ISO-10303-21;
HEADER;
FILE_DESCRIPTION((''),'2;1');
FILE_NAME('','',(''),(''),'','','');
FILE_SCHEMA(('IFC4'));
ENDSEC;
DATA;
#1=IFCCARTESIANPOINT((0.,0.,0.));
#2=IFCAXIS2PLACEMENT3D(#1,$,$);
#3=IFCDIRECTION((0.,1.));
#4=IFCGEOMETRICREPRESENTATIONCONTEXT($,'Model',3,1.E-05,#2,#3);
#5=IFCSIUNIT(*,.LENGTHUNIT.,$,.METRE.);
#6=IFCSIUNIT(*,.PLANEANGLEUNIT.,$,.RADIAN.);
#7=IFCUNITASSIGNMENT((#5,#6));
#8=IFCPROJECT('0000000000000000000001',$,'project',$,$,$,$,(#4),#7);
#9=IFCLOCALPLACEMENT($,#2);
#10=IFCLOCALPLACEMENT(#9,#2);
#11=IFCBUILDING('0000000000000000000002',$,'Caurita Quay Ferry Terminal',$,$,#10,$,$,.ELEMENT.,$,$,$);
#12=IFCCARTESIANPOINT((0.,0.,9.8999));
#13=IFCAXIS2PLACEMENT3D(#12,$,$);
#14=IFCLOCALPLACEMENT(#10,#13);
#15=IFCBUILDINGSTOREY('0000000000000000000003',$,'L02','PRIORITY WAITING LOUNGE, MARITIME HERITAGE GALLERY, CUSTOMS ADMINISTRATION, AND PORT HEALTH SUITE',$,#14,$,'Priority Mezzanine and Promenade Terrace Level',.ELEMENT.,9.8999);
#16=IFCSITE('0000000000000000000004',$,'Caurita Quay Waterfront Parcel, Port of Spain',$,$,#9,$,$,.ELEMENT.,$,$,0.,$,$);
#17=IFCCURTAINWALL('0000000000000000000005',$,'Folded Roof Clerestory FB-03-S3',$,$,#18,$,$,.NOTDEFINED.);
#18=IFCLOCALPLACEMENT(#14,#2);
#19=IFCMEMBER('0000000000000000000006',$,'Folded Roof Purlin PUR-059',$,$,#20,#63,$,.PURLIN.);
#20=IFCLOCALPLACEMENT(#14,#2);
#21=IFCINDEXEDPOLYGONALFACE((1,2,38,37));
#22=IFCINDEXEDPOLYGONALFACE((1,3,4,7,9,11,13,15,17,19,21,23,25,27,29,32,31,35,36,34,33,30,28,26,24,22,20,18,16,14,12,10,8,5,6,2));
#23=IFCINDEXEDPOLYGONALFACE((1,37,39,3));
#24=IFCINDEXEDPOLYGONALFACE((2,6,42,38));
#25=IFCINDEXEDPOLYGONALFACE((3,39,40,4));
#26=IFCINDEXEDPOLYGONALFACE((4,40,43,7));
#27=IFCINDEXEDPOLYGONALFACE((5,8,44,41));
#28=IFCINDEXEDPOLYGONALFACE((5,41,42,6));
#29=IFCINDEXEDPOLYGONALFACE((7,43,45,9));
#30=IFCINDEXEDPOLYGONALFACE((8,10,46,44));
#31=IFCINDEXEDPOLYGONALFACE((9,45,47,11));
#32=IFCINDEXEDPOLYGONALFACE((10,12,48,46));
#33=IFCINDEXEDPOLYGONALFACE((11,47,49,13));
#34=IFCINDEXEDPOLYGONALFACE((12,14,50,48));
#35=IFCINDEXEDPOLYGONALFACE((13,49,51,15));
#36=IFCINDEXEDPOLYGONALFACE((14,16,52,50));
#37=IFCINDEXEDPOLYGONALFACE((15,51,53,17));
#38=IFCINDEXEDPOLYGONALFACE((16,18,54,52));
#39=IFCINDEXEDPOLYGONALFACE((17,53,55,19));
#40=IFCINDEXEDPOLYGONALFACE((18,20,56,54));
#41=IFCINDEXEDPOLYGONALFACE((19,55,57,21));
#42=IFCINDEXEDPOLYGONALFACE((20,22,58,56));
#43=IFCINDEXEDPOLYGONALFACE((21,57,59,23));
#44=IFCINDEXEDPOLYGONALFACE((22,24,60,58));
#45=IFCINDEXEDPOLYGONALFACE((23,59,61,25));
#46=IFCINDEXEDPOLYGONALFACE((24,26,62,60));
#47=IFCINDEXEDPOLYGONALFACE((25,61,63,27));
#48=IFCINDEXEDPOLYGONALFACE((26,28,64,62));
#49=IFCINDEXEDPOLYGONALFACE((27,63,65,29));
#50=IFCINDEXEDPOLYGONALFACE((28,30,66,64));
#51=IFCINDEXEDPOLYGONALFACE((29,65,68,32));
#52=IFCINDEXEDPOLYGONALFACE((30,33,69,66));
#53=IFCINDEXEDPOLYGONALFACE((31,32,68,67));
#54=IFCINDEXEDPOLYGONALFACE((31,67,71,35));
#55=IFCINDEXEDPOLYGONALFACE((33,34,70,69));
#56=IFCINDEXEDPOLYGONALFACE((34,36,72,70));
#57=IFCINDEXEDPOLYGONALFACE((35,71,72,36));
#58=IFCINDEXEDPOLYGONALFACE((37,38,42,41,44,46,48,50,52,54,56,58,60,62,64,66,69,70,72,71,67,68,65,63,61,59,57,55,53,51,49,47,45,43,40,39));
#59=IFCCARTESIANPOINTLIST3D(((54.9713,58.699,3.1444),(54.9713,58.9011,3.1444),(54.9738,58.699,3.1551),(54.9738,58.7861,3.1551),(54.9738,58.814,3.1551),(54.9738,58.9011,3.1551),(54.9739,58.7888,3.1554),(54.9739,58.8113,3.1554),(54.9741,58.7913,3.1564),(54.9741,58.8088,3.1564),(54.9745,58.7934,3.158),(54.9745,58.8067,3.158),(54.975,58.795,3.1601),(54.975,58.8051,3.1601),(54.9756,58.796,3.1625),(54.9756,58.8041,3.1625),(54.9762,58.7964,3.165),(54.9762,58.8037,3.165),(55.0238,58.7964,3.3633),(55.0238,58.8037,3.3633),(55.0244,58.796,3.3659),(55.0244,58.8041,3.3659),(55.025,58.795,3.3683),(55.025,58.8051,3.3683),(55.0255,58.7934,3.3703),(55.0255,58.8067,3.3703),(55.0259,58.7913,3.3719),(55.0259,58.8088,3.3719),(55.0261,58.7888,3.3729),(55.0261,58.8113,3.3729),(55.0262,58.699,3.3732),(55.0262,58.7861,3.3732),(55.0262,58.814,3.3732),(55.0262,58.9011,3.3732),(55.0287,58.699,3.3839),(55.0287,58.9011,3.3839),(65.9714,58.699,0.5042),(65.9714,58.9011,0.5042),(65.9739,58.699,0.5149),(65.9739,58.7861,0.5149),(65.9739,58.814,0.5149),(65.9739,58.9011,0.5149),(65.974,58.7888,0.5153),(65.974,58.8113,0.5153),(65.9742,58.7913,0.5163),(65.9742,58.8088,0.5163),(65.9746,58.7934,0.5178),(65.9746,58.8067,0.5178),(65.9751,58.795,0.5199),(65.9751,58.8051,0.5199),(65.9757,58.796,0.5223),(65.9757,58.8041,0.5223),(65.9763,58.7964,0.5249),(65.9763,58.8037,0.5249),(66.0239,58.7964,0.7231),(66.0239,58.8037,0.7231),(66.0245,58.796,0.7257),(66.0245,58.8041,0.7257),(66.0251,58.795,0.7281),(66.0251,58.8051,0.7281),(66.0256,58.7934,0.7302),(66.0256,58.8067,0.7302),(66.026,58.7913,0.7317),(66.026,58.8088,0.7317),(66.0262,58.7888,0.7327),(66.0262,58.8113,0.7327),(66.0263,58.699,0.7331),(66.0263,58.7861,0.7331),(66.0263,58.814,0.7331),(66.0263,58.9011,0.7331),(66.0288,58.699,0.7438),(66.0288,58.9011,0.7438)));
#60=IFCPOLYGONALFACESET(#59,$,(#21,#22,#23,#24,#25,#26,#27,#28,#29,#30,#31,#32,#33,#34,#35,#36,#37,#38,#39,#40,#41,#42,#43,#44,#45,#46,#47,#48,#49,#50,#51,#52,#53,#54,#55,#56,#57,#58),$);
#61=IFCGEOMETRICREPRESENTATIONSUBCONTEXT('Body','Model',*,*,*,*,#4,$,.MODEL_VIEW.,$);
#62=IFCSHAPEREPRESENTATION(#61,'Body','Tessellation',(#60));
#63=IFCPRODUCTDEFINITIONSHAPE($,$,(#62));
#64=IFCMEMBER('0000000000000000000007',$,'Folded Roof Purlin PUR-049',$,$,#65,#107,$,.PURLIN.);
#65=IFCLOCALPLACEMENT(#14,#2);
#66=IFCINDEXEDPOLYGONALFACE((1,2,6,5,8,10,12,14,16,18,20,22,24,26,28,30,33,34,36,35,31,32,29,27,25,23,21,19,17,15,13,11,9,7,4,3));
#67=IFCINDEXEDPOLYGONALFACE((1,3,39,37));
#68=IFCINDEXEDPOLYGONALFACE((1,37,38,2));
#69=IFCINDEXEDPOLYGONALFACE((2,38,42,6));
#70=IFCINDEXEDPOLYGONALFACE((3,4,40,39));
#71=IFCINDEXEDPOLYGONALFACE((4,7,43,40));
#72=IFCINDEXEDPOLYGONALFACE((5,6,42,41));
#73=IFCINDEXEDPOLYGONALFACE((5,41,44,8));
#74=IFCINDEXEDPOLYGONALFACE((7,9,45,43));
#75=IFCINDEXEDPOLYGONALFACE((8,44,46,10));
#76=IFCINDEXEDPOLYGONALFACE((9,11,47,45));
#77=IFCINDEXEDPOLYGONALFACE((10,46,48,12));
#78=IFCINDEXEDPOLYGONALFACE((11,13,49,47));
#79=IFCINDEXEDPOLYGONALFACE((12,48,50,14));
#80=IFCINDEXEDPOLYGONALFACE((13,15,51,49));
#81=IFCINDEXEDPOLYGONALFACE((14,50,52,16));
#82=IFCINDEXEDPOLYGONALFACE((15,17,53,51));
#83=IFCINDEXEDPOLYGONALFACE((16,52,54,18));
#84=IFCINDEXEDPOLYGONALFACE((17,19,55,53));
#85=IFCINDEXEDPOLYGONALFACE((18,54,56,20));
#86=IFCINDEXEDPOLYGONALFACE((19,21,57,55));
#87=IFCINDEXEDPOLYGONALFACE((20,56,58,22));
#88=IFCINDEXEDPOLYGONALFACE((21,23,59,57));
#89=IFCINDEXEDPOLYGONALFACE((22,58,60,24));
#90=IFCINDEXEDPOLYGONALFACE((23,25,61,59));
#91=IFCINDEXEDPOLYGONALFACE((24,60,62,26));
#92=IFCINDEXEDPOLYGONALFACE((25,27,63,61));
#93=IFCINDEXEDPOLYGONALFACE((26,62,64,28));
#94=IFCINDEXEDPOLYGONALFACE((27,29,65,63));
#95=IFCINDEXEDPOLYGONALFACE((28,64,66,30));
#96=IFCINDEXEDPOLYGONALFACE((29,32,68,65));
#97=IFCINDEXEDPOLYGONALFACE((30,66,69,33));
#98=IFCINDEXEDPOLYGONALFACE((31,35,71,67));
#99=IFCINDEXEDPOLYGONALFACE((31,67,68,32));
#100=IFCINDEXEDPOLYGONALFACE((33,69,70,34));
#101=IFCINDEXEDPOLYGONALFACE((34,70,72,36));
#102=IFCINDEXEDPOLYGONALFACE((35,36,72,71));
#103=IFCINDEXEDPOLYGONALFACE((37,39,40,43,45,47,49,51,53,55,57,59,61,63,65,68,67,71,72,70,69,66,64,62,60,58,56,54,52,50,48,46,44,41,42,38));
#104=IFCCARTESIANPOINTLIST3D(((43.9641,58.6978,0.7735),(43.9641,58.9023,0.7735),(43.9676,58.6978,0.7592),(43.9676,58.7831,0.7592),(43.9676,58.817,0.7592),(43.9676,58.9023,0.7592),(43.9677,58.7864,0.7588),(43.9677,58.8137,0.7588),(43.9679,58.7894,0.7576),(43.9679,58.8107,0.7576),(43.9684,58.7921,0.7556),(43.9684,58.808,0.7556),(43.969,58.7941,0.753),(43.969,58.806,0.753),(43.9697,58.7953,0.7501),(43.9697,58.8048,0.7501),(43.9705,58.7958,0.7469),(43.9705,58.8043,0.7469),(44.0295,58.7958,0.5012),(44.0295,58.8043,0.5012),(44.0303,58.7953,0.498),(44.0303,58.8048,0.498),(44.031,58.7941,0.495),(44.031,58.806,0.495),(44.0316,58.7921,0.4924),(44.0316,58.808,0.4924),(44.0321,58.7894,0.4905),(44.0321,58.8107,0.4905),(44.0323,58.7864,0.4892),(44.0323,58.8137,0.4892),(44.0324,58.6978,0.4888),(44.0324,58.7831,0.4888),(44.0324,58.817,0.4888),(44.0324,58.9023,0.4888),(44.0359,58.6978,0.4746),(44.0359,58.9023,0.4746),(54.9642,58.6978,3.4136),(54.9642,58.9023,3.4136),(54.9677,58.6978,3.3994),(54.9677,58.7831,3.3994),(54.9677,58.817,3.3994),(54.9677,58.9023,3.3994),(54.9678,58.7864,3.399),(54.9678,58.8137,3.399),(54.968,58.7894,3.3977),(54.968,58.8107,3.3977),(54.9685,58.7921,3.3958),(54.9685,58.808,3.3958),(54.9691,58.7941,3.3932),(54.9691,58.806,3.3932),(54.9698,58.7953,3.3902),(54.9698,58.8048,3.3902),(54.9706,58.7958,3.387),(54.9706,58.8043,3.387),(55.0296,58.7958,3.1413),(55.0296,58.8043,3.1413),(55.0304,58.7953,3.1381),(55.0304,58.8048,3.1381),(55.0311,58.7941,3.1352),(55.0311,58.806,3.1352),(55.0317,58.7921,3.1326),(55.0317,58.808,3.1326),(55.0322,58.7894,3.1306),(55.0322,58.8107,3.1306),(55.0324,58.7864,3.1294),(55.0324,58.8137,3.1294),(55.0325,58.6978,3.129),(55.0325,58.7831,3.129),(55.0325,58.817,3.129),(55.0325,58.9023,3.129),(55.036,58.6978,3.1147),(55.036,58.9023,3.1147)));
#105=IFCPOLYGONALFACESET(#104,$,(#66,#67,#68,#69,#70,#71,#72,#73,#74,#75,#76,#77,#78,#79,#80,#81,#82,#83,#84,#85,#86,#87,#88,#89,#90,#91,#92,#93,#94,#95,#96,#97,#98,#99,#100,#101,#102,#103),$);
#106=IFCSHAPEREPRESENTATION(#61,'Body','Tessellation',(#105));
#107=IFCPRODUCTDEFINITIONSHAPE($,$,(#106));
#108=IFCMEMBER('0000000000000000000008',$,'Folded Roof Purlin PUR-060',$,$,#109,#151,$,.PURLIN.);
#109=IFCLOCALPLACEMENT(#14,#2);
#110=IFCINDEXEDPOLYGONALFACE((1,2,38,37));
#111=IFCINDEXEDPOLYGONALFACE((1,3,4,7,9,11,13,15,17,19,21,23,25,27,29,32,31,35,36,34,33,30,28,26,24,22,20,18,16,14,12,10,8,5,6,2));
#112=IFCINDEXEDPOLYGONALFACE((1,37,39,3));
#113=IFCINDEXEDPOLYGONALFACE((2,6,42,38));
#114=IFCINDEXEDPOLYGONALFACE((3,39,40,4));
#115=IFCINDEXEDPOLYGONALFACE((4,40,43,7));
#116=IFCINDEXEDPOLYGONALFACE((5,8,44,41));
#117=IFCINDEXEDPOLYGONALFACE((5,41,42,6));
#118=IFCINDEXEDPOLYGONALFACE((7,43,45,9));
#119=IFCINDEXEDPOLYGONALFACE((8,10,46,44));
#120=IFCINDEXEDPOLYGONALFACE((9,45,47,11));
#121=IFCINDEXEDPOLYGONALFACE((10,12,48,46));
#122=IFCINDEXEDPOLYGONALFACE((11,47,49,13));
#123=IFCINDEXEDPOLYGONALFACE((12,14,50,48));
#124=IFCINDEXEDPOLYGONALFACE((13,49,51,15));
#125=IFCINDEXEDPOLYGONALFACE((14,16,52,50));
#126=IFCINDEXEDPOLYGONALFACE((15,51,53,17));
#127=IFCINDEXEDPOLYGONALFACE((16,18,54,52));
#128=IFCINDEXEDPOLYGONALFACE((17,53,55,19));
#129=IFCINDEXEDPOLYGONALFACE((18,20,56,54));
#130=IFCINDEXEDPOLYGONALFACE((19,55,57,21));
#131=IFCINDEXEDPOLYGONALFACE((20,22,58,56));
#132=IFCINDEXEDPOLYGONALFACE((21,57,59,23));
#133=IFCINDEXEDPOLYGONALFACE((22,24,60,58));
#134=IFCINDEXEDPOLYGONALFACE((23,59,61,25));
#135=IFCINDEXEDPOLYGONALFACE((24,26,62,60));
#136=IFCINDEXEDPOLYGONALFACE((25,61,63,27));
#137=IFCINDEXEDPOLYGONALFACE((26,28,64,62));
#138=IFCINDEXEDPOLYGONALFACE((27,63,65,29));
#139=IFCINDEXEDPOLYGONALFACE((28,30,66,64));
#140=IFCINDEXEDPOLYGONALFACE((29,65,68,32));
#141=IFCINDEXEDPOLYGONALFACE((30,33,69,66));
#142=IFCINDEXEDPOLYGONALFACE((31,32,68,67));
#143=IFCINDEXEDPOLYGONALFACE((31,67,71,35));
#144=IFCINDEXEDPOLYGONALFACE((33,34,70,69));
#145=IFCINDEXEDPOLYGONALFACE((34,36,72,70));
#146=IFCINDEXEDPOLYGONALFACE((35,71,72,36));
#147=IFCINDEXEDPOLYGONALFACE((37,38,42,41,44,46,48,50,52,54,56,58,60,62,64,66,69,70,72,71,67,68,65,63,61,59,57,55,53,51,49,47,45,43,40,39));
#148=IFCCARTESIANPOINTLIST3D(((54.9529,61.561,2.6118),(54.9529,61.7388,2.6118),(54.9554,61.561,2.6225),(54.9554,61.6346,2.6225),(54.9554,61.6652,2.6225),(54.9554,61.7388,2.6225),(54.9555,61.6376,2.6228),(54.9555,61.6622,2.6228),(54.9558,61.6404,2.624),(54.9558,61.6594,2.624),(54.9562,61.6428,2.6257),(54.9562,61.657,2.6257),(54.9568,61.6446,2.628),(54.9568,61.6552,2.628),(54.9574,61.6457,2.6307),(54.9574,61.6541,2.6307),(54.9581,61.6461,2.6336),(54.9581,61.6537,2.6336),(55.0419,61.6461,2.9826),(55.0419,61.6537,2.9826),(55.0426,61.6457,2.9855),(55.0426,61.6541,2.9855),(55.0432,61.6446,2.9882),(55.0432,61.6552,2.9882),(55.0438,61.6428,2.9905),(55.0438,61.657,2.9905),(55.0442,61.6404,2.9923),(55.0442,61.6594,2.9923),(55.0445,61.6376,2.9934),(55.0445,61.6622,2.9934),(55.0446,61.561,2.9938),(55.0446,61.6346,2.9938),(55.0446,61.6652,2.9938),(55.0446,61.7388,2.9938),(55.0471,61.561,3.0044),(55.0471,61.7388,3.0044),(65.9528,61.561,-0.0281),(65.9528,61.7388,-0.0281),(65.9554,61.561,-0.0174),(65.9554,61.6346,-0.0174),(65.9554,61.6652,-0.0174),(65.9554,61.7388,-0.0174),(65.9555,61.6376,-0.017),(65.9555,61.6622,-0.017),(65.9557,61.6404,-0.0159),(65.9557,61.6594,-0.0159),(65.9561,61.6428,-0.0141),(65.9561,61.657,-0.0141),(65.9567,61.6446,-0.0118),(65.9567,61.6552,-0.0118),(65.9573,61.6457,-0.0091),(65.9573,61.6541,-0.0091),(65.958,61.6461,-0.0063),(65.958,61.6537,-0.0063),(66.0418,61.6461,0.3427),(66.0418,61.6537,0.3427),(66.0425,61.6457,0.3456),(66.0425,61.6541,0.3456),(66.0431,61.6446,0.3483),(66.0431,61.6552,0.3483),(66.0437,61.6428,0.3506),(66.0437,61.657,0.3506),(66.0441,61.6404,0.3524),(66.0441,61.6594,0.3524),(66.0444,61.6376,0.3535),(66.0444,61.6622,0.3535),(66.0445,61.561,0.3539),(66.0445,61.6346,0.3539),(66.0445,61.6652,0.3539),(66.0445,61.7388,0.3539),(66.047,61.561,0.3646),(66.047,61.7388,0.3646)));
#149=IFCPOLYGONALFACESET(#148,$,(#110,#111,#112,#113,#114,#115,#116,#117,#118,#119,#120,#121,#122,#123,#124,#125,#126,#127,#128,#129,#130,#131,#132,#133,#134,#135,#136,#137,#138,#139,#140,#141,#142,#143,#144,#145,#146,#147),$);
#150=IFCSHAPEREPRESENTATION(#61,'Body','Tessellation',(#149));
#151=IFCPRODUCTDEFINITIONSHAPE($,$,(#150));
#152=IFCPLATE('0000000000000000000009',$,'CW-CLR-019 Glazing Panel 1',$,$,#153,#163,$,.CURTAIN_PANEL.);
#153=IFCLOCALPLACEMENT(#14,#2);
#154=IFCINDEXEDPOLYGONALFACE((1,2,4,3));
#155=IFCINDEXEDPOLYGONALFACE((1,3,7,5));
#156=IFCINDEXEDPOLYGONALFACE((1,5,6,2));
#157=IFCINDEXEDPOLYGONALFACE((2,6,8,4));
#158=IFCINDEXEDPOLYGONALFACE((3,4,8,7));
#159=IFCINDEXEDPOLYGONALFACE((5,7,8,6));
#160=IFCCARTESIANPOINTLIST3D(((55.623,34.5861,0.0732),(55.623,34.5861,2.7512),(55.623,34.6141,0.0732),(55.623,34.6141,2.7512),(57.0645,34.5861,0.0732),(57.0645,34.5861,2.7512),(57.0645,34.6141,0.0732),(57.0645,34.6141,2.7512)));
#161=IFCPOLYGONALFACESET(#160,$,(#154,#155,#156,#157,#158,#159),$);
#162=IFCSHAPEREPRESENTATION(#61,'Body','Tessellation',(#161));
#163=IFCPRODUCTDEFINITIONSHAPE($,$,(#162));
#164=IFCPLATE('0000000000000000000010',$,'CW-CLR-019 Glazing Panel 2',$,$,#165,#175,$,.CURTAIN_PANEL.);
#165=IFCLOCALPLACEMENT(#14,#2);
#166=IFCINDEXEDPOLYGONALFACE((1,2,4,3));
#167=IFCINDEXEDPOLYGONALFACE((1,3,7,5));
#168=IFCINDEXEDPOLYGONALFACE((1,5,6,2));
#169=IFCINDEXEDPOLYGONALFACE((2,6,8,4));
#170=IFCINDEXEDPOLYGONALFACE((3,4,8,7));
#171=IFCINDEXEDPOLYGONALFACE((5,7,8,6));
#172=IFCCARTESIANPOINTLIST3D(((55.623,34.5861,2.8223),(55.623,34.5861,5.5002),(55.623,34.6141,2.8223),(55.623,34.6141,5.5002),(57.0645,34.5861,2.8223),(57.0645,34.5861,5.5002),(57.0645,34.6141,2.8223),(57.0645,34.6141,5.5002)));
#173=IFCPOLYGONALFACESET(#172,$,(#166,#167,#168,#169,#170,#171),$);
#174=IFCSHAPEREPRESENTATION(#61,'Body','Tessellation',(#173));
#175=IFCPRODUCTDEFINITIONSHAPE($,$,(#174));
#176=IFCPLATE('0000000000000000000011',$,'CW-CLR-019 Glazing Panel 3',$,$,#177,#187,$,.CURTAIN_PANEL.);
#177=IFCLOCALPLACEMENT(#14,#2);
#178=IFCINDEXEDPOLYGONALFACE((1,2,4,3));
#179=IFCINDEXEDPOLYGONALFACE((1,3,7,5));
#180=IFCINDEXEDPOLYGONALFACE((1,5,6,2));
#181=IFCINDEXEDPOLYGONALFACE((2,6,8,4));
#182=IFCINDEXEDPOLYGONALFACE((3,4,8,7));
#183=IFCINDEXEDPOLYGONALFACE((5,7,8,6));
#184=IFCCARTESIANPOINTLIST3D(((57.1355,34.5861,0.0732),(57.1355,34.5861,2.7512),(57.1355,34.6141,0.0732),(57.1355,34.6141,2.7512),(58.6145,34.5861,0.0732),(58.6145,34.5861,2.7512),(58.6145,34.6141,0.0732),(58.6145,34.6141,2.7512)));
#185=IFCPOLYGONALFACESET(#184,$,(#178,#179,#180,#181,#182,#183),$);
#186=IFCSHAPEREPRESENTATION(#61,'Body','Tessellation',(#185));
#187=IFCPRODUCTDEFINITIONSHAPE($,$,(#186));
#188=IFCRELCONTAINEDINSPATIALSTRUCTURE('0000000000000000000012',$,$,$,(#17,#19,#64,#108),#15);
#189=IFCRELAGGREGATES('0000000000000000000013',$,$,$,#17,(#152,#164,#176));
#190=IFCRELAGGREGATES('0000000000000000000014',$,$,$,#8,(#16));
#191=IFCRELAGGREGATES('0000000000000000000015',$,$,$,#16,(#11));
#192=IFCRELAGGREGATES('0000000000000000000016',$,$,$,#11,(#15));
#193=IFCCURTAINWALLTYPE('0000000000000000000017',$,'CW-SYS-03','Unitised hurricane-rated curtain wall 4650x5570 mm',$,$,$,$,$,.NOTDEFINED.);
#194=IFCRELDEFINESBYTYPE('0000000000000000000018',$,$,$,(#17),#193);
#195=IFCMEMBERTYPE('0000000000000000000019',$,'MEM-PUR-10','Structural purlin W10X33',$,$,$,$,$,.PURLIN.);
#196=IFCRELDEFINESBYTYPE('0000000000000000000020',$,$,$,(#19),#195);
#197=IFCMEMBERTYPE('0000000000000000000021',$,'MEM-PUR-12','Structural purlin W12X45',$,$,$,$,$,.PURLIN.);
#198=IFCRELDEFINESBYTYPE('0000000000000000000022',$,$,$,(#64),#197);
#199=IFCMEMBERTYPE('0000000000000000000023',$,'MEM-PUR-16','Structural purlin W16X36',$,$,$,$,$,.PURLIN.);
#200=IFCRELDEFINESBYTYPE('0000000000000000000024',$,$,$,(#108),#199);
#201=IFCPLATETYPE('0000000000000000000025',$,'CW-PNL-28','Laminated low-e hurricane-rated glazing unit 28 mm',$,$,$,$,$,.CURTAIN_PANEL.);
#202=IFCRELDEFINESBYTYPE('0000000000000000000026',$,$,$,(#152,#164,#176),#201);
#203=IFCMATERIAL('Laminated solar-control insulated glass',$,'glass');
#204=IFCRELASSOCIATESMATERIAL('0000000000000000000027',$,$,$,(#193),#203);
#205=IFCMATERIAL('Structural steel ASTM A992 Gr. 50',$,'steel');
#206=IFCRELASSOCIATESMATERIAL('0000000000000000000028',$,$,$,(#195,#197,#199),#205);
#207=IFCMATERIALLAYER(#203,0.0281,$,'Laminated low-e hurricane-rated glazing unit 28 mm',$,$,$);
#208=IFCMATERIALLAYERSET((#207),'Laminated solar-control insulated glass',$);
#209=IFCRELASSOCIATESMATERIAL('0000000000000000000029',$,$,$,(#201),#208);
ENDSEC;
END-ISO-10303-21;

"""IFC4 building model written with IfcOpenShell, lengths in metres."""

from ifc_helpers import new_model, si_unit, direction, frame, origin, origin_2d, place, context, subcontext, project, spatial, rectangle, i_section, extrude, material, layer, layer_set, material_profile, profile_set, type_object, element, aggregate, save


model = new_model("IFC4")

# Units and contexts
model_context = context("Model", 3, precision=1e-05, world=origin(), true_north=direction((0.0, 1.0)))
body_context = subcontext(model_context, "Body", "Model", "MODEL_VIEW")
ifc_project = project(units=[si_unit("LENGTHUNIT", "METRE"), si_unit("PLANEANGLEUNIT", "RADIAN")], contexts=[model_context])

# Site, building, storey
site_placement = place(None, origin())
site = spatial("IfcSite", under=ifc_project, at=site_placement, Name="Caurita Quay Waterfront Parcel, Port of Spain", CompositionType="ELEMENT", RefElevation=0.0)
building_placement = place(site_placement, origin())
building = spatial("IfcBuilding", under=site, at=building_placement, Name="Caurita Quay Ferry Terminal", CompositionType="ELEMENT")
storey_placement = place(building_placement, frame((0.0, 0.0, 9.8999)))
storey = spatial("IfcBuildingStorey", under=building, at=storey_placement, Name="L02", Description="PRIORITY WAITING LOUNGE, MARITIME HERITAGE GALLERY, CUSTOMS ADMINISTRATION, AND PORT HEALTH SUITE", LongName="Priority Mezzanine and Promenade Terrace Level", CompositionType="ELEMENT", Elevation=9.8999)

# Curtain wall
ifc_material_1 = material(Name="Laminated solar-control insulated glass", Category="glass")
curtain_wall_type = type_object("IfcCurtainWallType", Name="CW-SYS-03", Description="Unitised hurricane-rated curtain wall 4650x5570 mm", PredefinedType="NOTDEFINED", material=ifc_material_1)
curtain_wall_placement = place(storey_placement, origin())
curtain_wall = element("IfcCurtainWall", 1, at=curtain_wall_placement, inside=storey, type_object=curtain_wall_type, Name="Folded Roof Clerestory FB-03-S3", PredefinedType="NOTDEFINED")

# Members
ifc_material_2 = material(Name="Structural steel ASTM A992 Gr. 50", Category="steel")
ifc_material_profile_1 = material_profile(ifc_material_2, i_section(OverallWidth=0.2021, OverallDepth=0.2463, WebThickness=0.0073, FlangeThickness=0.011, FilletRadius=0.0103, at=origin_2d()), Name="W10X33")
ifc_profile_set_1 = profile_set([ifc_material_profile_1], Name="Structural steel ASTM A992 Gr. 50")
member_type_1 = type_object("IfcMemberType", Name="MEM-PUR-10", Description="Structural purlin W10X33", PredefinedType="PURLIN", material=ifc_profile_set_1)
member_1_placement = place(storey_placement, frame((55.0, 58.8, 3.2642), z_axis=(0.972385, 0.0, -0.233384), x_axis=(0.0, 1.0, 0.0)))
element("IfcMember", 2, at=member_1_placement, inside=storey, type_object=member_type_1, Name="Folded Roof Purlin PUR-059", PredefinedType="PURLIN", context=body_context, shape_type="SweptSolid", body=[
    extrude(i_section(OverallWidth=0.2021, OverallDepth=0.2463, WebThickness=0.0073, FlangeThickness=0.011, FilletRadius=0.0103, at=origin_2d()), origin(), (0.0, 0.0, 1.0), 11.3125),
])
ifc_material_profile_2 = material_profile(ifc_material_2, i_section(OverallWidth=0.2046, OverallDepth=0.3074, WebThickness=0.0085, FlangeThickness=0.0146, FilletRadius=0.0127, at=origin_2d()), Name="W12X45")
ifc_profile_set_2 = profile_set([ifc_material_profile_2], Name="Structural steel ASTM A992 Gr. 50")
member_type_2 = type_object("IfcMemberType", Name="MEM-PUR-12", Description="Structural purlin W12X45", PredefinedType="PURLIN", material=ifc_profile_set_2)
member_2_placement = place(storey_placement, frame((44.0, 58.8, 0.624), z_axis=(0.972385, 0.0, 0.233384), x_axis=(0.0, 1.0, 0.0)))
element("IfcMember", 3, at=member_2_placement, inside=storey, type_object=member_type_2, Name="Folded Roof Purlin PUR-049", PredefinedType="PURLIN", context=body_context, shape_type="SweptSolid", body=[
    extrude(i_section(OverallWidth=0.2046, OverallDepth=0.3074, WebThickness=0.0085, FlangeThickness=0.0146, FilletRadius=0.0127, at=origin_2d()), origin(), (0.0, 0.0, 1.0), 11.3125),
])
ifc_material_profile_3 = material_profile(ifc_material_2, i_section(OverallWidth=0.1777, OverallDepth=0.4038, WebThickness=0.0076, FlangeThickness=0.011, FilletRadius=0.0115, at=origin_2d()), Name="W16X36")
ifc_profile_set_3 = profile_set([ifc_material_profile_3], Name="Structural steel ASTM A992 Gr. 50")
member_type_3 = type_object("IfcMemberType", Name="MEM-PUR-16", Description="Structural purlin W16X36", PredefinedType="PURLIN", material=ifc_profile_set_3)
member_3_placement = place(storey_placement, frame((55.0, 61.6499, 2.8081), z_axis=(0.972389, 0.0, -0.233364), x_axis=(0.0, 1.0, 0.0)))
element("IfcMember", 4, at=member_3_placement, inside=storey, type_object=member_type_3, Name="Folded Roof Purlin PUR-060", PredefinedType="PURLIN", context=body_context, shape_type="SweptSolid", body=[
    extrude(i_section(OverallWidth=0.1777, OverallDepth=0.4038, WebThickness=0.0076, FlangeThickness=0.011, FilletRadius=0.0115, at=origin_2d()), origin(), (0.0, 0.0, 1.0), 11.3123),
])

# Plates
ifc_layer_1 = layer(ifc_material_1, 0.0281, Name="Laminated low-e hurricane-rated glazing unit 28 mm")
ifc_layer_set_1 = layer_set([ifc_layer_1], Name="Laminated solar-control insulated glass")
plate_type_1 = type_object("IfcPlateType", Name="CW-PNL-28", Description="Laminated low-e hurricane-rated glazing unit 28 mm", PredefinedType="CURTAIN_PANEL", material=ifc_layer_set_1)
plate_1_placement = place(storey_placement, frame((56.3438, 34.6001, 0.0732), z_axis=(0.0, 0.0, 1.0), x_axis=(1.0, 0.0, 0.0)))
plate_1 = element("IfcPlate", 5, at=plate_1_placement, type_object=plate_type_1, Name="CW-CLR-019 Glazing Panel 1", PredefinedType="CURTAIN_PANEL", context=body_context, shape_type="SweptSolid", body=[
    extrude(rectangle(XDim=1.4414, YDim=0.0281, at=origin_2d()), origin(), (0.0, 0.0, 1.0), 2.678),
])
plate_2_placement = place(storey_placement, frame((56.3438, 34.6001, 2.8223), z_axis=(0.0, 0.0, 1.0), x_axis=(1.0, 0.0, 0.0)))
plate_2 = element("IfcPlate", 6, at=plate_2_placement, type_object=plate_type_1, Name="CW-CLR-019 Glazing Panel 2", PredefinedType="CURTAIN_PANEL", context=body_context, shape_type="SweptSolid", body=[
    extrude(rectangle(XDim=1.4414, YDim=0.0281, at=origin_2d()), origin(), (0.0, 0.0, 1.0), 2.678),
])
plate_3_placement = place(storey_placement, frame((57.875, 34.6001, 0.0732), z_axis=(0.0, 0.0, 1.0), x_axis=(1.0, 0.0, 0.0)))
plate_3 = element("IfcPlate", 7, at=plate_3_placement, type_object=plate_type_1, Name="CW-CLR-019 Glazing Panel 3", PredefinedType="CURTAIN_PANEL", context=body_context, shape_type="SweptSolid", body=[
    extrude(rectangle(XDim=1.479, YDim=0.0281, at=origin_2d()), origin(), (0.0, 0.0, 1.0), 2.678),
])
aggregate(curtain_wall, [plate_1, plate_2, plate_3])

save(model, "model.ifc")
